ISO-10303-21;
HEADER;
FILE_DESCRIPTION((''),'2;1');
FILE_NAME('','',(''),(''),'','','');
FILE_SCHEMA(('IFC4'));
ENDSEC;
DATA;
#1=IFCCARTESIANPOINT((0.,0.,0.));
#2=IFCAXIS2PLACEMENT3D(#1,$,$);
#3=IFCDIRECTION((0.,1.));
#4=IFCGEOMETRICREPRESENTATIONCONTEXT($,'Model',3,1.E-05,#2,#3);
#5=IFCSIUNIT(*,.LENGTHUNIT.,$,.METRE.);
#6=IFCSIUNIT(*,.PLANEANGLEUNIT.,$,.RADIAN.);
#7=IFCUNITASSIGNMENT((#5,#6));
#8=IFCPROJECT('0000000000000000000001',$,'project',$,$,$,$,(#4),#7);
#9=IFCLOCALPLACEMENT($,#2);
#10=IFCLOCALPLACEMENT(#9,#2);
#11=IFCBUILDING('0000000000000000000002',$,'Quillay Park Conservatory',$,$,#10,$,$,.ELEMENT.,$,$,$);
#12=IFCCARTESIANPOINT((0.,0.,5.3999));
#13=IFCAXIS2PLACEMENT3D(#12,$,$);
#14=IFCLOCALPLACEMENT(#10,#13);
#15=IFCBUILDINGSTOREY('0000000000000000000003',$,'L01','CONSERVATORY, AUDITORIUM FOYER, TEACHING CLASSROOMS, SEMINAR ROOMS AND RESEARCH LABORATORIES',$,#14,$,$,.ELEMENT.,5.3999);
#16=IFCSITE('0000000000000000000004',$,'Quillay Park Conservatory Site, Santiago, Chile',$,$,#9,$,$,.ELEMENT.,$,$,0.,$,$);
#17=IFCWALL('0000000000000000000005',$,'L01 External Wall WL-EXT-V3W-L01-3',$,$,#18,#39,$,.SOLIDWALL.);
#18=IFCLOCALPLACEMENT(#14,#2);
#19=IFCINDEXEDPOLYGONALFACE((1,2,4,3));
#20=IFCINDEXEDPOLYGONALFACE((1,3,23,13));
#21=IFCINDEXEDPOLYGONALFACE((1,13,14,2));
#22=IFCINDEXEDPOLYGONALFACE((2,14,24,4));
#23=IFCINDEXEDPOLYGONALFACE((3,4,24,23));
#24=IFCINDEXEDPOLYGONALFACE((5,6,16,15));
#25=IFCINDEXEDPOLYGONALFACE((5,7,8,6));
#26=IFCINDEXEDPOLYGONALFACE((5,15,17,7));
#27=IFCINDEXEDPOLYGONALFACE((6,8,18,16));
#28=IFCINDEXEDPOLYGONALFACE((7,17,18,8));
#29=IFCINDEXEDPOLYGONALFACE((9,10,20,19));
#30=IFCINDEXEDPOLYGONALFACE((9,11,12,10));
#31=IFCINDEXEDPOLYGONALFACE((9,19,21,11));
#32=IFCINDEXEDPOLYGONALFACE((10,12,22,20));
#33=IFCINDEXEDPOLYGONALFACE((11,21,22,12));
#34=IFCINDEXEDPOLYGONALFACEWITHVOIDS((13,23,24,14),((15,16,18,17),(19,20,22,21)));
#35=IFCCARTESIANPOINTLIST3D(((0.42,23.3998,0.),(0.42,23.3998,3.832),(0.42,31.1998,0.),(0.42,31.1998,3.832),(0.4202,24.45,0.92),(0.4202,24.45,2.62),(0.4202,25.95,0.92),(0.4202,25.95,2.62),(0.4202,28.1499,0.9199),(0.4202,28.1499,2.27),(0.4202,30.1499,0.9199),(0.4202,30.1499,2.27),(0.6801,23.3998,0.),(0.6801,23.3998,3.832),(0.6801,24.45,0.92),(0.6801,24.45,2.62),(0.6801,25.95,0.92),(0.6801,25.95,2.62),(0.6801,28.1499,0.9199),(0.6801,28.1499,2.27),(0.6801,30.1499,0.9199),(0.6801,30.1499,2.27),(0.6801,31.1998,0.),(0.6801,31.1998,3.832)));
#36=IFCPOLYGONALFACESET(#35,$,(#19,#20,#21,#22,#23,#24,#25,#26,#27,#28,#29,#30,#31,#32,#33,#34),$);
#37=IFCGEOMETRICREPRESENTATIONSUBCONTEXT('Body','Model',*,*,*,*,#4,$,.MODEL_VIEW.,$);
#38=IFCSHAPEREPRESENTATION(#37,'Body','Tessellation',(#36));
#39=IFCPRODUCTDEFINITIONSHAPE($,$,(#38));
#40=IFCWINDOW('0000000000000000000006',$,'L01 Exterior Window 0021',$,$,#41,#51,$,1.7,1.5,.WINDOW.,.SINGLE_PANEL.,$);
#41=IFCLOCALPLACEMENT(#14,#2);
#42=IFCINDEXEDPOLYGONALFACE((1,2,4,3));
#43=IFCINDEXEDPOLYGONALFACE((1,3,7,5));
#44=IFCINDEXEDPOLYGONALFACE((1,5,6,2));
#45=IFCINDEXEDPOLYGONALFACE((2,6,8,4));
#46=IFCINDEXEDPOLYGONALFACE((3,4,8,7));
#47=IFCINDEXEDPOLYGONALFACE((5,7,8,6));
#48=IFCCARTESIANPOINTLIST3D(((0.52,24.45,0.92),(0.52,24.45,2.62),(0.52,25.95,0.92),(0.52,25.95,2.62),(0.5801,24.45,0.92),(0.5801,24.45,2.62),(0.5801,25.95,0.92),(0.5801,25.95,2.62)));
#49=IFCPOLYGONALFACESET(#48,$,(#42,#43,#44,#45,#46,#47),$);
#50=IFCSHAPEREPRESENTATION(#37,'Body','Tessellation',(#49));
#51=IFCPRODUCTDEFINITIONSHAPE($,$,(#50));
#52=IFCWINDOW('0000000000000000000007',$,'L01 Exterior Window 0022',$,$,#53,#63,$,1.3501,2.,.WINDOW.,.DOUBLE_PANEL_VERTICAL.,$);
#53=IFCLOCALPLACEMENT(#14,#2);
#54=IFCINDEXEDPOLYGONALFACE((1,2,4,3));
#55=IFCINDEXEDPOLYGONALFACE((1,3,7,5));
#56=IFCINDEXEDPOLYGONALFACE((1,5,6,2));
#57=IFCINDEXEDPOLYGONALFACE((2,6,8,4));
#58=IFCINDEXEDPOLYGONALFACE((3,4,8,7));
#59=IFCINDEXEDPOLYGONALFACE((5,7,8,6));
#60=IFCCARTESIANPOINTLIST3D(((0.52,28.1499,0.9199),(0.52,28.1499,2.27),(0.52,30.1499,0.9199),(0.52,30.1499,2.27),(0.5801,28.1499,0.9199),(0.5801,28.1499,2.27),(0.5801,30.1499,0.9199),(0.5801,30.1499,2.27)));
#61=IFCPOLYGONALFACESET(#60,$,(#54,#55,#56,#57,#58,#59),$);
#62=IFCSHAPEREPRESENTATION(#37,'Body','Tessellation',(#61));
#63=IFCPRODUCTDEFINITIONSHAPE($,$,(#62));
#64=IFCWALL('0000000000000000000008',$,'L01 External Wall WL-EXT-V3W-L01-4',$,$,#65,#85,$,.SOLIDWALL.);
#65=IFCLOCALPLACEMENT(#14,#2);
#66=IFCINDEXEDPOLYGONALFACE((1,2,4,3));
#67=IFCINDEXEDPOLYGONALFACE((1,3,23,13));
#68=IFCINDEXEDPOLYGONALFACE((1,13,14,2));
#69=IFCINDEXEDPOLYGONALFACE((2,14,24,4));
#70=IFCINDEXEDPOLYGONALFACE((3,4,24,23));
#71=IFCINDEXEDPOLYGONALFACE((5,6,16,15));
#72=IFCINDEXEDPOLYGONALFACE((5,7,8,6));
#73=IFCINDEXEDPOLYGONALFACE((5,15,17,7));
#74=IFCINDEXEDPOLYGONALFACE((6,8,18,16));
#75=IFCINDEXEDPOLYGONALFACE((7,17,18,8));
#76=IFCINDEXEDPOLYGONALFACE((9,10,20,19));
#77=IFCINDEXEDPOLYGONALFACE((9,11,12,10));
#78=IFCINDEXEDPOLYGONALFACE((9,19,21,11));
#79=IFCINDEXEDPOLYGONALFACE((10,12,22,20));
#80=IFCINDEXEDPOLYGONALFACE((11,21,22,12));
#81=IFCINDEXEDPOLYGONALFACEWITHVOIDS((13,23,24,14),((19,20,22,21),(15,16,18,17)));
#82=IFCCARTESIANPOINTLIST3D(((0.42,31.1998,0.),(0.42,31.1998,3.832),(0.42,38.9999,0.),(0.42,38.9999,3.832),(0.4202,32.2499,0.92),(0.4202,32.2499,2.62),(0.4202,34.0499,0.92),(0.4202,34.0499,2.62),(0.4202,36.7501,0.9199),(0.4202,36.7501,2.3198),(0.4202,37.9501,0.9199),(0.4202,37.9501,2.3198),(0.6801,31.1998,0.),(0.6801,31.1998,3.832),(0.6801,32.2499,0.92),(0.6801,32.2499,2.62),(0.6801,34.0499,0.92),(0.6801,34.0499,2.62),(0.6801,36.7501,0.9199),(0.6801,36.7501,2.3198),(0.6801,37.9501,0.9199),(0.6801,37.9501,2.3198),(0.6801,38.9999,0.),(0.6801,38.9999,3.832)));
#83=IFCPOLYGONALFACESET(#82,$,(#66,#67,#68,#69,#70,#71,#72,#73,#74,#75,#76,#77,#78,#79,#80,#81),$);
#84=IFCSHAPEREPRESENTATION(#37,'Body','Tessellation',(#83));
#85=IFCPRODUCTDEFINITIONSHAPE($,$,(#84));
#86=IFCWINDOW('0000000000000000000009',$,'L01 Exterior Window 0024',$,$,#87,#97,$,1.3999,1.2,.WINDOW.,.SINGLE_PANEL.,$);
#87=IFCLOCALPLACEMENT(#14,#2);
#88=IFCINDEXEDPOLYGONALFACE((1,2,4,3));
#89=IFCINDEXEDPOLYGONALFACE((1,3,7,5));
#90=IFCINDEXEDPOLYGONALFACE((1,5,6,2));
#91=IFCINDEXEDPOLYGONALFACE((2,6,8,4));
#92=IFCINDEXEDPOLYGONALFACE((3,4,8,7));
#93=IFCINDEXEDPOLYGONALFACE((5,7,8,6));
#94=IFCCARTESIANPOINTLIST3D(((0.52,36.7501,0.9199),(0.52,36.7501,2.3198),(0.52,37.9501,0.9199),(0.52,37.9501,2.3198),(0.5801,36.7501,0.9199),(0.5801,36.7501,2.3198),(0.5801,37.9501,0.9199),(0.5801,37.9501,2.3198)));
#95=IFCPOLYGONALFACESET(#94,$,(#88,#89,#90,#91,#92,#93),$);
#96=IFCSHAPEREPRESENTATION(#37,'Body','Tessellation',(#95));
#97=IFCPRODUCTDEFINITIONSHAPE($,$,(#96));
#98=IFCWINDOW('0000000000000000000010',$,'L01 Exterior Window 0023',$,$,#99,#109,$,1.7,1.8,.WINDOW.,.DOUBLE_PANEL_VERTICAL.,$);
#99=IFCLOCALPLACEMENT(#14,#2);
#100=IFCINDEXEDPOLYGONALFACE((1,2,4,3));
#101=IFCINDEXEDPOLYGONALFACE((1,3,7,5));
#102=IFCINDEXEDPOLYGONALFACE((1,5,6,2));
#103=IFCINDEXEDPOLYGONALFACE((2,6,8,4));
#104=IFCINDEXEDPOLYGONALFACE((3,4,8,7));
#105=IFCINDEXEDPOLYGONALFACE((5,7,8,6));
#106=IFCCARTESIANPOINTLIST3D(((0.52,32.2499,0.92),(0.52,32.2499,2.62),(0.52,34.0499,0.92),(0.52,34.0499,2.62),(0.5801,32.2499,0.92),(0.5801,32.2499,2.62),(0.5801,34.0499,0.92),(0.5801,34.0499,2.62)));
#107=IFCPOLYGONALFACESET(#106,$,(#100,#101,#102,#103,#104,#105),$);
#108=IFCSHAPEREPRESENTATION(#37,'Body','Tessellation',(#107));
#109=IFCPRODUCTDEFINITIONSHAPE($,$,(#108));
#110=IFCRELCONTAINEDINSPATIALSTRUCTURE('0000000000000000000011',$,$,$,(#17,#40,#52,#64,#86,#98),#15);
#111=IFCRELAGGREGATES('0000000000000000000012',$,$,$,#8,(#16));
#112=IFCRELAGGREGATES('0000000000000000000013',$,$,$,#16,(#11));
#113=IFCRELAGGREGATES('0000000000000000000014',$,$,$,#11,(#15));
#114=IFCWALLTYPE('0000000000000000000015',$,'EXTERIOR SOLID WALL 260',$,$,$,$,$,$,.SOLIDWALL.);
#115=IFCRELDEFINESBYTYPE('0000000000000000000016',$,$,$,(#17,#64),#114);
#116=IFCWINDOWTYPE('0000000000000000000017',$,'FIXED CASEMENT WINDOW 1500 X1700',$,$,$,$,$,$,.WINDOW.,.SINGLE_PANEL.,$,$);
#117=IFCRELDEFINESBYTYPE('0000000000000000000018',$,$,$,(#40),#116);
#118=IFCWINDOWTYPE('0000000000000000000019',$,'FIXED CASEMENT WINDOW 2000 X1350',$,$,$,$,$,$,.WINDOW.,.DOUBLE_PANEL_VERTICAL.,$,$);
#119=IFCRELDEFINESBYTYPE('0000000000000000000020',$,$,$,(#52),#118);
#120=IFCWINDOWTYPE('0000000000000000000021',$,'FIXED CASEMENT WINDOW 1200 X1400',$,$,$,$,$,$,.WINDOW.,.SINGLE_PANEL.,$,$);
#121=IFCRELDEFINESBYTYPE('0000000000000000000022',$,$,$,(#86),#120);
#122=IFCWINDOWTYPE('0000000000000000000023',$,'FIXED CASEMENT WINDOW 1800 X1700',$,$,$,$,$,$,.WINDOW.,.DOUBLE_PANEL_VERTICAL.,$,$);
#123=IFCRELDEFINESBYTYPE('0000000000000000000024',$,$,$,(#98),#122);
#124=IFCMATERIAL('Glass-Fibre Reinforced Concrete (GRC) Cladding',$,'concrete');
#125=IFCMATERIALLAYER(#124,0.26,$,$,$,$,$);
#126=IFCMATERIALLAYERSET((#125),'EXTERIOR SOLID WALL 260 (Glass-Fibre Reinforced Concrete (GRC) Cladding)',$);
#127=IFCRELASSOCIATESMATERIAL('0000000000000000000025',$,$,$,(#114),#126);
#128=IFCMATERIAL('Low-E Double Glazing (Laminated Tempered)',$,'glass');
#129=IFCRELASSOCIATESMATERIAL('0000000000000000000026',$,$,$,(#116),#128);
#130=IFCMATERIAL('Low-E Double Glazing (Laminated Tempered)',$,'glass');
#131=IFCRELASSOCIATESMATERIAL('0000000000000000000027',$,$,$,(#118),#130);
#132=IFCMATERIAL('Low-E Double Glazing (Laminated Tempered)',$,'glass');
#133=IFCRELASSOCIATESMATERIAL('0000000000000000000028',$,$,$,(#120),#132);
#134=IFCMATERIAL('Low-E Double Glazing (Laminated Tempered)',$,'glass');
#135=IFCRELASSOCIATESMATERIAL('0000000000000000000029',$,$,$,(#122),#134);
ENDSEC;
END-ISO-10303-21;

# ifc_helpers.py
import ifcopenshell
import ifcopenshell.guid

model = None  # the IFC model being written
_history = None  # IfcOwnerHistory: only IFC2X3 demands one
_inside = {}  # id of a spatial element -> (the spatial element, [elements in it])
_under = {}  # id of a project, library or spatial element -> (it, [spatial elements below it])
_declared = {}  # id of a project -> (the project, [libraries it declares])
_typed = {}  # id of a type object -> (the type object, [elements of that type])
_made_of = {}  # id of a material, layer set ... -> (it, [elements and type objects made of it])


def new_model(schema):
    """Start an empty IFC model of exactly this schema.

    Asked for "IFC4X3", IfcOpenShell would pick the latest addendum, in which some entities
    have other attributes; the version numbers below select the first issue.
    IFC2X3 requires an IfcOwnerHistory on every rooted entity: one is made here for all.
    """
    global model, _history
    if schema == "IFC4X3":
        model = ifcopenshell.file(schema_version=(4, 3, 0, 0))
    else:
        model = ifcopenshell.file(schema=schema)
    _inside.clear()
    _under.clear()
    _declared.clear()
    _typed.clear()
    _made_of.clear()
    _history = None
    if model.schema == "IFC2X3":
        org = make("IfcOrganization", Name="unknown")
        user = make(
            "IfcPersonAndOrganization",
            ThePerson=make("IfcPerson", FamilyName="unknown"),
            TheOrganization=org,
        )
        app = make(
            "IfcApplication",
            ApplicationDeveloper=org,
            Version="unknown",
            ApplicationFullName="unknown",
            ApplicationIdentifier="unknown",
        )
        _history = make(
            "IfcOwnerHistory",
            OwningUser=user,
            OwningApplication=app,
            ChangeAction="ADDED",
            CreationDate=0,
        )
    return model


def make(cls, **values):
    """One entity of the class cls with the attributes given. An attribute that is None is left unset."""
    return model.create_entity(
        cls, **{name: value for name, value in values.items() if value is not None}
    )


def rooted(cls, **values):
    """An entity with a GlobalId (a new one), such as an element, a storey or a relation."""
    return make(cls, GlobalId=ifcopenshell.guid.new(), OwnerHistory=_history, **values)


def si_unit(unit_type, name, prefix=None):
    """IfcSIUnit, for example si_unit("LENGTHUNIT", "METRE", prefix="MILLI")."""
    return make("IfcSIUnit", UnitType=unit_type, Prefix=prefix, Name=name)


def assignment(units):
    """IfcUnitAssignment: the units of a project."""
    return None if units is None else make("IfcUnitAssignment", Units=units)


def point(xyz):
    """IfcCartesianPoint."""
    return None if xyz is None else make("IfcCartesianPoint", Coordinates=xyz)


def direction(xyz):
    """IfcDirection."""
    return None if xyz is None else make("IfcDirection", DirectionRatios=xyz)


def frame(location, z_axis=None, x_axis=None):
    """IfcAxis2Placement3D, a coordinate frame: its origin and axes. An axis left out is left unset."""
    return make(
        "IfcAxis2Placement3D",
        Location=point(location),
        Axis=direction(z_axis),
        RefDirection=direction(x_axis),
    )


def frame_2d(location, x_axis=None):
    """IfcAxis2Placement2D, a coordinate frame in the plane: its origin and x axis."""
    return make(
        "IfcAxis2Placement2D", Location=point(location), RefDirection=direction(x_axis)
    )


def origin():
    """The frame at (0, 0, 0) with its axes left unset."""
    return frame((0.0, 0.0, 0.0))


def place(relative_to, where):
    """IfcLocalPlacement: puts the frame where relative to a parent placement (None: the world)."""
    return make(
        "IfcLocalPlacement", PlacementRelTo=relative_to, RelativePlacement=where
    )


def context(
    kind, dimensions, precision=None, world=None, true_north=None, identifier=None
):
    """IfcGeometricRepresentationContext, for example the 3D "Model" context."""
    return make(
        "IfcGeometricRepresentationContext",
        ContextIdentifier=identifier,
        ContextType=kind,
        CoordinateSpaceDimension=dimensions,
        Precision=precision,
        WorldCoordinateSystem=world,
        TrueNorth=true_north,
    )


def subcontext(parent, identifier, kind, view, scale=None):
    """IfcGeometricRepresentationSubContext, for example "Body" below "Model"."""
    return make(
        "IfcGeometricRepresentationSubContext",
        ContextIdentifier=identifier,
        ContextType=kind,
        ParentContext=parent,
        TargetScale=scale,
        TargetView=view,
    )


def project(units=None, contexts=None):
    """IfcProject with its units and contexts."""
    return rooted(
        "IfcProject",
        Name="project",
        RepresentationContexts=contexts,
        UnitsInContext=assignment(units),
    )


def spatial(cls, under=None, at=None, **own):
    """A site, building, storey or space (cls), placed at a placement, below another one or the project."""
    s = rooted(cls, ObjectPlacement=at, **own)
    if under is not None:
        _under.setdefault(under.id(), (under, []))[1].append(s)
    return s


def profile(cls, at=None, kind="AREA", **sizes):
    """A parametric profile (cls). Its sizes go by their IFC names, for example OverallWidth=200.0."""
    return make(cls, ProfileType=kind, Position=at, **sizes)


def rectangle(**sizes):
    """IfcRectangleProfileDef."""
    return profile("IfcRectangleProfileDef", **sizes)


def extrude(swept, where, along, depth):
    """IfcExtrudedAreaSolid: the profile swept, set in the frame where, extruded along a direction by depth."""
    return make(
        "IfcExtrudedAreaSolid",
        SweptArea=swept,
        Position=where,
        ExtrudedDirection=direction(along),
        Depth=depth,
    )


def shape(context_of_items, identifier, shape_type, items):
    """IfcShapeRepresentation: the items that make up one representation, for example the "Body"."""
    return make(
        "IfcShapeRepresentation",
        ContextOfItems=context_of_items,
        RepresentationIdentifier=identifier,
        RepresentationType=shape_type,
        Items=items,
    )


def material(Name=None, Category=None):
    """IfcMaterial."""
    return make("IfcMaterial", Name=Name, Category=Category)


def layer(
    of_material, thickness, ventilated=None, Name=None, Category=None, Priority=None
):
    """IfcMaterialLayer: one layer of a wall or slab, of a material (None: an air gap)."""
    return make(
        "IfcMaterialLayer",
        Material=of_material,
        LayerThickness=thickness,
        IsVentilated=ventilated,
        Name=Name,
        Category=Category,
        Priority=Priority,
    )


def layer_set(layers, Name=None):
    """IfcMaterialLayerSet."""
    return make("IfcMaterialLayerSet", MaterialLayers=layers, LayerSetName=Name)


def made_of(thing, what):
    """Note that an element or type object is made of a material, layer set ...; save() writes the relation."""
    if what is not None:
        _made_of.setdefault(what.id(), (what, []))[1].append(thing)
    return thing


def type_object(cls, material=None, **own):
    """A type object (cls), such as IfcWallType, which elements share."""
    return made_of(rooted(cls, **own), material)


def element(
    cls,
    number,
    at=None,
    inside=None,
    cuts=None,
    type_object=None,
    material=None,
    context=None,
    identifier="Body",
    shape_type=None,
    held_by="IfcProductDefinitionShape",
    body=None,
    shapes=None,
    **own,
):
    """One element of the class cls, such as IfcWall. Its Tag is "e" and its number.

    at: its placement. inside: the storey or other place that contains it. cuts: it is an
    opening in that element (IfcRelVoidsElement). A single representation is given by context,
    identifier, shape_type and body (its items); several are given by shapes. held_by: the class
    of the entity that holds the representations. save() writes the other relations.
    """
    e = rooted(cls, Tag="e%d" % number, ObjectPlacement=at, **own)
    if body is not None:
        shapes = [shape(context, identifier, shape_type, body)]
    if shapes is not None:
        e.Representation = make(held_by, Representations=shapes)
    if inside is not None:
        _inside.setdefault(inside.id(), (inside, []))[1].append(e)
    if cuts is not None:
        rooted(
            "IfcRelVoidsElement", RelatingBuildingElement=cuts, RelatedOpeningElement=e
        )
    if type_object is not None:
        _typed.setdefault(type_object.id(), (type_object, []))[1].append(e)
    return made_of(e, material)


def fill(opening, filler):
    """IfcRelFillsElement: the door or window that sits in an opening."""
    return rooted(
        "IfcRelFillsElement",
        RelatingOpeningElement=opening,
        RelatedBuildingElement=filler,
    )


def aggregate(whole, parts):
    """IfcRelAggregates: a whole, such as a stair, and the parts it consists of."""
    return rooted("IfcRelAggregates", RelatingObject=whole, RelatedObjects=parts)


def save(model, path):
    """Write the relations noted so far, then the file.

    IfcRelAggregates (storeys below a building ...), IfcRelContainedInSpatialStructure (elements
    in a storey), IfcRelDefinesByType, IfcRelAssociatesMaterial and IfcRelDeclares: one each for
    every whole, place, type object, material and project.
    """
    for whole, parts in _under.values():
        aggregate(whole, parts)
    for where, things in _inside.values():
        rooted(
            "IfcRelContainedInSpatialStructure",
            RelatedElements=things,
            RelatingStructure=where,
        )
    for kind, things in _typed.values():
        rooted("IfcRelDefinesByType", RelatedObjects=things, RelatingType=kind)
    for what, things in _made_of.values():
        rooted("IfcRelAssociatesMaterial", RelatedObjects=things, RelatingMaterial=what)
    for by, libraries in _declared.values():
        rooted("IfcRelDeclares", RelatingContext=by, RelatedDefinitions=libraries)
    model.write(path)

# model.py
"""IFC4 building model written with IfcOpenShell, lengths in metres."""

from ifc_helpers import new_model, si_unit, direction, frame, frame_2d, origin, place, context, subcontext, project, spatial, rectangle, extrude, material, layer, layer_set, type_object, element, fill, save


model = new_model("IFC4")

# Units and contexts
model_context = context("Model", 3, precision=1e-05, world=origin(), true_north=direction((0.0, 1.0)))
body_context = subcontext(model_context, "Body", "Model", "MODEL_VIEW")
ifc_project = project(units=[si_unit("LENGTHUNIT", "METRE"), si_unit("PLANEANGLEUNIT", "RADIAN")], contexts=[model_context])

# Site, building, storey
site_placement = place(None, origin())
site = spatial("IfcSite", under=ifc_project, at=site_placement, Name="Quillay Park Conservatory Site, Santiago, Chile", CompositionType="ELEMENT", RefElevation=0.0)
building_placement = place(site_placement, origin())
building = spatial("IfcBuilding", under=site, at=building_placement, Name="Quillay Park Conservatory", CompositionType="ELEMENT")
storey_placement = place(building_placement, frame((0.0, 0.0, 5.3999)))
storey = spatial("IfcBuildingStorey", under=building, at=storey_placement, Name="L01", Description="CONSERVATORY, AUDITORIUM FOYER, TEACHING CLASSROOMS, SEMINAR ROOMS AND RESEARCH LABORATORIES", CompositionType="ELEMENT", Elevation=5.3999)

# Walls, openings, windows
ifc_material_1 = material(Name="Glass-Fibre Reinforced Concrete (GRC) Cladding", Category="concrete")
ifc_layer_1 = layer(ifc_material_1, 0.26)
ifc_layer_set_1 = layer_set([ifc_layer_1], Name="EXTERIOR SOLID WALL 260 (Glass-Fibre Reinforced Concrete (GRC) Cladding)")
wall_type_1 = type_object("IfcWallType", Name="EXTERIOR SOLID WALL 260", PredefinedType="SOLIDWALL", material=ifc_layer_set_1)
wall_1_placement = place(storey_placement, frame((0.55, 23.3999, 0.0), z_axis=(0.0, 0.0, 1.0), x_axis=(0.0, 1.0, 0.0)))
wall_1 = element("IfcWall", 1, at=wall_1_placement, inside=storey, type_object=wall_type_1, Name="L01 External Wall WL-EXT-V3W-L01-3", PredefinedType="SOLIDWALL", context=body_context, shape_type="SweptSolid", body=[
    extrude(rectangle(XDim=7.8, YDim=0.26, at=frame_2d((3.8999, 0.0))), origin(), (0.0, 0.0, 1.0), 3.832),
])
opening_1_placement = place(wall_1_placement, frame((1.05, 0.0, 0.9199)))
opening_1 = element("IfcOpeningElement", 2, at=opening_1_placement, cuts=wall_1, PredefinedType="OPENING", context=body_context, shape_type="SweptSolid", body=[
    extrude(rectangle(XDim=1.5, YDim=1.7, at=frame_2d((0.75, 0.8501))), frame((0.0, 0.1299, 0.0), z_axis=(0.0, -1.0, 0.0), x_axis=(1.0, 0.0, 0.0)), (0.0, 0.0, 1.0), 0.26),
])
opening_2_placement = place(wall_1_placement, frame((4.75, 0.0, 0.9199)))
opening_2 = element("IfcOpeningElement", 3, at=opening_2_placement, cuts=wall_1, PredefinedType="OPENING", context=body_context, shape_type="SweptSolid", body=[
    extrude(rectangle(XDim=2.0, YDim=1.3501, at=frame_2d((1.0, 0.675))), frame((0.0, 0.1299, 0.0), z_axis=(0.0, -1.0, 0.0), x_axis=(1.0, 0.0, 0.0)), (0.0, 0.0, 1.0), 0.26),
])
ifc_material_2 = material(Name="Low-E Double Glazing (Laminated Tempered)", Category="glass")
window_type_1 = type_object("IfcWindowType", Name="FIXED CASEMENT WINDOW 1500 X1700", PartitioningType="SINGLE_PANEL", PredefinedType="WINDOW", material=ifc_material_2)
window_1_placement = place(opening_1_placement, origin())
window_1 = element("IfcWindow", 4, at=window_1_placement, inside=storey, type_object=window_type_1, Name="L01 Exterior Window 0021", OverallHeight=1.7, OverallWidth=1.5, PartitioningType="SINGLE_PANEL", PredefinedType="WINDOW", context=body_context, shape_type="SweptSolid", body=[
    extrude(rectangle(XDim=1.5, YDim=1.7, at=frame_2d((0.75, 0.8501))), frame((0.0, 0.03, 0.0), z_axis=(0.0, -1.0, 0.0), x_axis=(1.0, 0.0, 0.0)), (0.0, 0.0, 1.0), 0.0601),
])
fill(opening_1, window_1)
ifc_material_3 = material(Name="Low-E Double Glazing (Laminated Tempered)", Category="glass")
window_type_2 = type_object("IfcWindowType", Name="FIXED CASEMENT WINDOW 2000 X1350", PartitioningType="DOUBLE_PANEL_VERTICAL", PredefinedType="WINDOW", material=ifc_material_3)
window_2_placement = place(opening_2_placement, origin())
window_2 = element("IfcWindow", 5, at=window_2_placement, inside=storey, type_object=window_type_2, Name="L01 Exterior Window 0022", OverallHeight=1.3501, OverallWidth=2.0, PartitioningType="DOUBLE_PANEL_VERTICAL", PredefinedType="WINDOW", context=body_context, shape_type="SweptSolid", body=[
    extrude(rectangle(XDim=2.0, YDim=1.3501, at=frame_2d((1.0, 0.675))), frame((0.0, 0.03, 0.0), z_axis=(0.0, -1.0, 0.0), x_axis=(1.0, 0.0, 0.0)), (0.0, 0.0, 1.0), 0.0601),
])
fill(opening_2, window_2)
wall_2_placement = place(storey_placement, frame((0.55, 31.2, 0.0), z_axis=(0.0, 0.0, 1.0), x_axis=(0.0, 1.0, 0.0)))
wall_2 = element("IfcWall", 6, at=wall_2_placement, inside=storey, type_object=wall_type_1, Name="L01 External Wall WL-EXT-V3W-L01-4", PredefinedType="SOLIDWALL", context=body_context, shape_type="SweptSolid", body=[
    extrude(rectangle(XDim=7.8, YDim=0.26, at=frame_2d((3.8999, 0.0))), origin(), (0.0, 0.0, 1.0), 3.832),
])
opening_3_placement = place(wall_2_placement, frame((1.05, 0.0, 0.9199)))
opening_3 = element("IfcOpeningElement", 7, at=opening_3_placement, cuts=wall_2, PredefinedType="OPENING", context=body_context, shape_type="SweptSolid", body=[
    extrude(rectangle(XDim=1.8, YDim=1.7, at=frame_2d((0.8999, 0.8501))), frame((0.0, 0.1299, 0.0), z_axis=(0.0, -1.0, 0.0), x_axis=(1.0, 0.0, 0.0)), (0.0, 0.0, 1.0), 0.26),
])
opening_4_placement = place(wall_2_placement, frame((5.55, 0.0, 0.9199)))
opening_4 = element("IfcOpeningElement", 8, at=opening_4_placement, cuts=wall_2, PredefinedType="OPENING", context=body_context, shape_type="SweptSolid", body=[
    extrude(rectangle(XDim=1.2, YDim=1.3999, at=frame_2d((0.6001, 0.7))), frame((0.0, 0.1299, 0.0), z_axis=(0.0, -1.0, 0.0), x_axis=(1.0, 0.0, 0.0)), (0.0, 0.0, 1.0), 0.26),
])
ifc_material_4 = material(Name="Low-E Double Glazing (Laminated Tempered)", Category="glass")
window_type_3 = type_object("IfcWindowType", Name="FIXED CASEMENT WINDOW 1200 X1400", PartitioningType="SINGLE_PANEL", PredefinedType="WINDOW", material=ifc_material_4)
window_3_placement = place(opening_4_placement, origin())
window_3 = element("IfcWindow", 9, at=window_3_placement, inside=storey, type_object=window_type_3, Name="L01 Exterior Window 0024", OverallHeight=1.3999, OverallWidth=1.2, PartitioningType="SINGLE_PANEL", PredefinedType="WINDOW", context=body_context, shape_type="SweptSolid", body=[
    extrude(rectangle(XDim=1.2, YDim=1.3999, at=frame_2d((0.6001, 0.7))), frame((0.0, 0.03, 0.0), z_axis=(0.0, -1.0, 0.0), x_axis=(1.0, 0.0, 0.0)), (0.0, 0.0, 1.0), 0.0601),
])
fill(opening_4, window_3)
ifc_material_5 = material(Name="Low-E Double Glazing (Laminated Tempered)", Category="glass")
window_type_4 = type_object("IfcWindowType", Name="FIXED CASEMENT WINDOW 1800 X1700", PartitioningType="DOUBLE_PANEL_VERTICAL", PredefinedType="WINDOW", material=ifc_material_5)
window_4_placement = place(opening_3_placement, origin())
window_4 = element("IfcWindow", 10, at=window_4_placement, inside=storey, type_object=window_type_4, Name="L01 Exterior Window 0023", OverallHeight=1.7, OverallWidth=1.8, PartitioningType="DOUBLE_PANEL_VERTICAL", PredefinedType="WINDOW", context=body_context, shape_type="SweptSolid", body=[
    extrude(rectangle(XDim=1.8, YDim=1.7, at=frame_2d((0.8999, 0.8501))), frame((0.0, 0.03, 0.0), z_axis=(0.0, -1.0, 0.0), x_axis=(1.0, 0.0, 0.0)), (0.0, 0.0, 1.0), 0.0601),
])
fill(opening_3, window_4)

save(model, "model.ifc")
